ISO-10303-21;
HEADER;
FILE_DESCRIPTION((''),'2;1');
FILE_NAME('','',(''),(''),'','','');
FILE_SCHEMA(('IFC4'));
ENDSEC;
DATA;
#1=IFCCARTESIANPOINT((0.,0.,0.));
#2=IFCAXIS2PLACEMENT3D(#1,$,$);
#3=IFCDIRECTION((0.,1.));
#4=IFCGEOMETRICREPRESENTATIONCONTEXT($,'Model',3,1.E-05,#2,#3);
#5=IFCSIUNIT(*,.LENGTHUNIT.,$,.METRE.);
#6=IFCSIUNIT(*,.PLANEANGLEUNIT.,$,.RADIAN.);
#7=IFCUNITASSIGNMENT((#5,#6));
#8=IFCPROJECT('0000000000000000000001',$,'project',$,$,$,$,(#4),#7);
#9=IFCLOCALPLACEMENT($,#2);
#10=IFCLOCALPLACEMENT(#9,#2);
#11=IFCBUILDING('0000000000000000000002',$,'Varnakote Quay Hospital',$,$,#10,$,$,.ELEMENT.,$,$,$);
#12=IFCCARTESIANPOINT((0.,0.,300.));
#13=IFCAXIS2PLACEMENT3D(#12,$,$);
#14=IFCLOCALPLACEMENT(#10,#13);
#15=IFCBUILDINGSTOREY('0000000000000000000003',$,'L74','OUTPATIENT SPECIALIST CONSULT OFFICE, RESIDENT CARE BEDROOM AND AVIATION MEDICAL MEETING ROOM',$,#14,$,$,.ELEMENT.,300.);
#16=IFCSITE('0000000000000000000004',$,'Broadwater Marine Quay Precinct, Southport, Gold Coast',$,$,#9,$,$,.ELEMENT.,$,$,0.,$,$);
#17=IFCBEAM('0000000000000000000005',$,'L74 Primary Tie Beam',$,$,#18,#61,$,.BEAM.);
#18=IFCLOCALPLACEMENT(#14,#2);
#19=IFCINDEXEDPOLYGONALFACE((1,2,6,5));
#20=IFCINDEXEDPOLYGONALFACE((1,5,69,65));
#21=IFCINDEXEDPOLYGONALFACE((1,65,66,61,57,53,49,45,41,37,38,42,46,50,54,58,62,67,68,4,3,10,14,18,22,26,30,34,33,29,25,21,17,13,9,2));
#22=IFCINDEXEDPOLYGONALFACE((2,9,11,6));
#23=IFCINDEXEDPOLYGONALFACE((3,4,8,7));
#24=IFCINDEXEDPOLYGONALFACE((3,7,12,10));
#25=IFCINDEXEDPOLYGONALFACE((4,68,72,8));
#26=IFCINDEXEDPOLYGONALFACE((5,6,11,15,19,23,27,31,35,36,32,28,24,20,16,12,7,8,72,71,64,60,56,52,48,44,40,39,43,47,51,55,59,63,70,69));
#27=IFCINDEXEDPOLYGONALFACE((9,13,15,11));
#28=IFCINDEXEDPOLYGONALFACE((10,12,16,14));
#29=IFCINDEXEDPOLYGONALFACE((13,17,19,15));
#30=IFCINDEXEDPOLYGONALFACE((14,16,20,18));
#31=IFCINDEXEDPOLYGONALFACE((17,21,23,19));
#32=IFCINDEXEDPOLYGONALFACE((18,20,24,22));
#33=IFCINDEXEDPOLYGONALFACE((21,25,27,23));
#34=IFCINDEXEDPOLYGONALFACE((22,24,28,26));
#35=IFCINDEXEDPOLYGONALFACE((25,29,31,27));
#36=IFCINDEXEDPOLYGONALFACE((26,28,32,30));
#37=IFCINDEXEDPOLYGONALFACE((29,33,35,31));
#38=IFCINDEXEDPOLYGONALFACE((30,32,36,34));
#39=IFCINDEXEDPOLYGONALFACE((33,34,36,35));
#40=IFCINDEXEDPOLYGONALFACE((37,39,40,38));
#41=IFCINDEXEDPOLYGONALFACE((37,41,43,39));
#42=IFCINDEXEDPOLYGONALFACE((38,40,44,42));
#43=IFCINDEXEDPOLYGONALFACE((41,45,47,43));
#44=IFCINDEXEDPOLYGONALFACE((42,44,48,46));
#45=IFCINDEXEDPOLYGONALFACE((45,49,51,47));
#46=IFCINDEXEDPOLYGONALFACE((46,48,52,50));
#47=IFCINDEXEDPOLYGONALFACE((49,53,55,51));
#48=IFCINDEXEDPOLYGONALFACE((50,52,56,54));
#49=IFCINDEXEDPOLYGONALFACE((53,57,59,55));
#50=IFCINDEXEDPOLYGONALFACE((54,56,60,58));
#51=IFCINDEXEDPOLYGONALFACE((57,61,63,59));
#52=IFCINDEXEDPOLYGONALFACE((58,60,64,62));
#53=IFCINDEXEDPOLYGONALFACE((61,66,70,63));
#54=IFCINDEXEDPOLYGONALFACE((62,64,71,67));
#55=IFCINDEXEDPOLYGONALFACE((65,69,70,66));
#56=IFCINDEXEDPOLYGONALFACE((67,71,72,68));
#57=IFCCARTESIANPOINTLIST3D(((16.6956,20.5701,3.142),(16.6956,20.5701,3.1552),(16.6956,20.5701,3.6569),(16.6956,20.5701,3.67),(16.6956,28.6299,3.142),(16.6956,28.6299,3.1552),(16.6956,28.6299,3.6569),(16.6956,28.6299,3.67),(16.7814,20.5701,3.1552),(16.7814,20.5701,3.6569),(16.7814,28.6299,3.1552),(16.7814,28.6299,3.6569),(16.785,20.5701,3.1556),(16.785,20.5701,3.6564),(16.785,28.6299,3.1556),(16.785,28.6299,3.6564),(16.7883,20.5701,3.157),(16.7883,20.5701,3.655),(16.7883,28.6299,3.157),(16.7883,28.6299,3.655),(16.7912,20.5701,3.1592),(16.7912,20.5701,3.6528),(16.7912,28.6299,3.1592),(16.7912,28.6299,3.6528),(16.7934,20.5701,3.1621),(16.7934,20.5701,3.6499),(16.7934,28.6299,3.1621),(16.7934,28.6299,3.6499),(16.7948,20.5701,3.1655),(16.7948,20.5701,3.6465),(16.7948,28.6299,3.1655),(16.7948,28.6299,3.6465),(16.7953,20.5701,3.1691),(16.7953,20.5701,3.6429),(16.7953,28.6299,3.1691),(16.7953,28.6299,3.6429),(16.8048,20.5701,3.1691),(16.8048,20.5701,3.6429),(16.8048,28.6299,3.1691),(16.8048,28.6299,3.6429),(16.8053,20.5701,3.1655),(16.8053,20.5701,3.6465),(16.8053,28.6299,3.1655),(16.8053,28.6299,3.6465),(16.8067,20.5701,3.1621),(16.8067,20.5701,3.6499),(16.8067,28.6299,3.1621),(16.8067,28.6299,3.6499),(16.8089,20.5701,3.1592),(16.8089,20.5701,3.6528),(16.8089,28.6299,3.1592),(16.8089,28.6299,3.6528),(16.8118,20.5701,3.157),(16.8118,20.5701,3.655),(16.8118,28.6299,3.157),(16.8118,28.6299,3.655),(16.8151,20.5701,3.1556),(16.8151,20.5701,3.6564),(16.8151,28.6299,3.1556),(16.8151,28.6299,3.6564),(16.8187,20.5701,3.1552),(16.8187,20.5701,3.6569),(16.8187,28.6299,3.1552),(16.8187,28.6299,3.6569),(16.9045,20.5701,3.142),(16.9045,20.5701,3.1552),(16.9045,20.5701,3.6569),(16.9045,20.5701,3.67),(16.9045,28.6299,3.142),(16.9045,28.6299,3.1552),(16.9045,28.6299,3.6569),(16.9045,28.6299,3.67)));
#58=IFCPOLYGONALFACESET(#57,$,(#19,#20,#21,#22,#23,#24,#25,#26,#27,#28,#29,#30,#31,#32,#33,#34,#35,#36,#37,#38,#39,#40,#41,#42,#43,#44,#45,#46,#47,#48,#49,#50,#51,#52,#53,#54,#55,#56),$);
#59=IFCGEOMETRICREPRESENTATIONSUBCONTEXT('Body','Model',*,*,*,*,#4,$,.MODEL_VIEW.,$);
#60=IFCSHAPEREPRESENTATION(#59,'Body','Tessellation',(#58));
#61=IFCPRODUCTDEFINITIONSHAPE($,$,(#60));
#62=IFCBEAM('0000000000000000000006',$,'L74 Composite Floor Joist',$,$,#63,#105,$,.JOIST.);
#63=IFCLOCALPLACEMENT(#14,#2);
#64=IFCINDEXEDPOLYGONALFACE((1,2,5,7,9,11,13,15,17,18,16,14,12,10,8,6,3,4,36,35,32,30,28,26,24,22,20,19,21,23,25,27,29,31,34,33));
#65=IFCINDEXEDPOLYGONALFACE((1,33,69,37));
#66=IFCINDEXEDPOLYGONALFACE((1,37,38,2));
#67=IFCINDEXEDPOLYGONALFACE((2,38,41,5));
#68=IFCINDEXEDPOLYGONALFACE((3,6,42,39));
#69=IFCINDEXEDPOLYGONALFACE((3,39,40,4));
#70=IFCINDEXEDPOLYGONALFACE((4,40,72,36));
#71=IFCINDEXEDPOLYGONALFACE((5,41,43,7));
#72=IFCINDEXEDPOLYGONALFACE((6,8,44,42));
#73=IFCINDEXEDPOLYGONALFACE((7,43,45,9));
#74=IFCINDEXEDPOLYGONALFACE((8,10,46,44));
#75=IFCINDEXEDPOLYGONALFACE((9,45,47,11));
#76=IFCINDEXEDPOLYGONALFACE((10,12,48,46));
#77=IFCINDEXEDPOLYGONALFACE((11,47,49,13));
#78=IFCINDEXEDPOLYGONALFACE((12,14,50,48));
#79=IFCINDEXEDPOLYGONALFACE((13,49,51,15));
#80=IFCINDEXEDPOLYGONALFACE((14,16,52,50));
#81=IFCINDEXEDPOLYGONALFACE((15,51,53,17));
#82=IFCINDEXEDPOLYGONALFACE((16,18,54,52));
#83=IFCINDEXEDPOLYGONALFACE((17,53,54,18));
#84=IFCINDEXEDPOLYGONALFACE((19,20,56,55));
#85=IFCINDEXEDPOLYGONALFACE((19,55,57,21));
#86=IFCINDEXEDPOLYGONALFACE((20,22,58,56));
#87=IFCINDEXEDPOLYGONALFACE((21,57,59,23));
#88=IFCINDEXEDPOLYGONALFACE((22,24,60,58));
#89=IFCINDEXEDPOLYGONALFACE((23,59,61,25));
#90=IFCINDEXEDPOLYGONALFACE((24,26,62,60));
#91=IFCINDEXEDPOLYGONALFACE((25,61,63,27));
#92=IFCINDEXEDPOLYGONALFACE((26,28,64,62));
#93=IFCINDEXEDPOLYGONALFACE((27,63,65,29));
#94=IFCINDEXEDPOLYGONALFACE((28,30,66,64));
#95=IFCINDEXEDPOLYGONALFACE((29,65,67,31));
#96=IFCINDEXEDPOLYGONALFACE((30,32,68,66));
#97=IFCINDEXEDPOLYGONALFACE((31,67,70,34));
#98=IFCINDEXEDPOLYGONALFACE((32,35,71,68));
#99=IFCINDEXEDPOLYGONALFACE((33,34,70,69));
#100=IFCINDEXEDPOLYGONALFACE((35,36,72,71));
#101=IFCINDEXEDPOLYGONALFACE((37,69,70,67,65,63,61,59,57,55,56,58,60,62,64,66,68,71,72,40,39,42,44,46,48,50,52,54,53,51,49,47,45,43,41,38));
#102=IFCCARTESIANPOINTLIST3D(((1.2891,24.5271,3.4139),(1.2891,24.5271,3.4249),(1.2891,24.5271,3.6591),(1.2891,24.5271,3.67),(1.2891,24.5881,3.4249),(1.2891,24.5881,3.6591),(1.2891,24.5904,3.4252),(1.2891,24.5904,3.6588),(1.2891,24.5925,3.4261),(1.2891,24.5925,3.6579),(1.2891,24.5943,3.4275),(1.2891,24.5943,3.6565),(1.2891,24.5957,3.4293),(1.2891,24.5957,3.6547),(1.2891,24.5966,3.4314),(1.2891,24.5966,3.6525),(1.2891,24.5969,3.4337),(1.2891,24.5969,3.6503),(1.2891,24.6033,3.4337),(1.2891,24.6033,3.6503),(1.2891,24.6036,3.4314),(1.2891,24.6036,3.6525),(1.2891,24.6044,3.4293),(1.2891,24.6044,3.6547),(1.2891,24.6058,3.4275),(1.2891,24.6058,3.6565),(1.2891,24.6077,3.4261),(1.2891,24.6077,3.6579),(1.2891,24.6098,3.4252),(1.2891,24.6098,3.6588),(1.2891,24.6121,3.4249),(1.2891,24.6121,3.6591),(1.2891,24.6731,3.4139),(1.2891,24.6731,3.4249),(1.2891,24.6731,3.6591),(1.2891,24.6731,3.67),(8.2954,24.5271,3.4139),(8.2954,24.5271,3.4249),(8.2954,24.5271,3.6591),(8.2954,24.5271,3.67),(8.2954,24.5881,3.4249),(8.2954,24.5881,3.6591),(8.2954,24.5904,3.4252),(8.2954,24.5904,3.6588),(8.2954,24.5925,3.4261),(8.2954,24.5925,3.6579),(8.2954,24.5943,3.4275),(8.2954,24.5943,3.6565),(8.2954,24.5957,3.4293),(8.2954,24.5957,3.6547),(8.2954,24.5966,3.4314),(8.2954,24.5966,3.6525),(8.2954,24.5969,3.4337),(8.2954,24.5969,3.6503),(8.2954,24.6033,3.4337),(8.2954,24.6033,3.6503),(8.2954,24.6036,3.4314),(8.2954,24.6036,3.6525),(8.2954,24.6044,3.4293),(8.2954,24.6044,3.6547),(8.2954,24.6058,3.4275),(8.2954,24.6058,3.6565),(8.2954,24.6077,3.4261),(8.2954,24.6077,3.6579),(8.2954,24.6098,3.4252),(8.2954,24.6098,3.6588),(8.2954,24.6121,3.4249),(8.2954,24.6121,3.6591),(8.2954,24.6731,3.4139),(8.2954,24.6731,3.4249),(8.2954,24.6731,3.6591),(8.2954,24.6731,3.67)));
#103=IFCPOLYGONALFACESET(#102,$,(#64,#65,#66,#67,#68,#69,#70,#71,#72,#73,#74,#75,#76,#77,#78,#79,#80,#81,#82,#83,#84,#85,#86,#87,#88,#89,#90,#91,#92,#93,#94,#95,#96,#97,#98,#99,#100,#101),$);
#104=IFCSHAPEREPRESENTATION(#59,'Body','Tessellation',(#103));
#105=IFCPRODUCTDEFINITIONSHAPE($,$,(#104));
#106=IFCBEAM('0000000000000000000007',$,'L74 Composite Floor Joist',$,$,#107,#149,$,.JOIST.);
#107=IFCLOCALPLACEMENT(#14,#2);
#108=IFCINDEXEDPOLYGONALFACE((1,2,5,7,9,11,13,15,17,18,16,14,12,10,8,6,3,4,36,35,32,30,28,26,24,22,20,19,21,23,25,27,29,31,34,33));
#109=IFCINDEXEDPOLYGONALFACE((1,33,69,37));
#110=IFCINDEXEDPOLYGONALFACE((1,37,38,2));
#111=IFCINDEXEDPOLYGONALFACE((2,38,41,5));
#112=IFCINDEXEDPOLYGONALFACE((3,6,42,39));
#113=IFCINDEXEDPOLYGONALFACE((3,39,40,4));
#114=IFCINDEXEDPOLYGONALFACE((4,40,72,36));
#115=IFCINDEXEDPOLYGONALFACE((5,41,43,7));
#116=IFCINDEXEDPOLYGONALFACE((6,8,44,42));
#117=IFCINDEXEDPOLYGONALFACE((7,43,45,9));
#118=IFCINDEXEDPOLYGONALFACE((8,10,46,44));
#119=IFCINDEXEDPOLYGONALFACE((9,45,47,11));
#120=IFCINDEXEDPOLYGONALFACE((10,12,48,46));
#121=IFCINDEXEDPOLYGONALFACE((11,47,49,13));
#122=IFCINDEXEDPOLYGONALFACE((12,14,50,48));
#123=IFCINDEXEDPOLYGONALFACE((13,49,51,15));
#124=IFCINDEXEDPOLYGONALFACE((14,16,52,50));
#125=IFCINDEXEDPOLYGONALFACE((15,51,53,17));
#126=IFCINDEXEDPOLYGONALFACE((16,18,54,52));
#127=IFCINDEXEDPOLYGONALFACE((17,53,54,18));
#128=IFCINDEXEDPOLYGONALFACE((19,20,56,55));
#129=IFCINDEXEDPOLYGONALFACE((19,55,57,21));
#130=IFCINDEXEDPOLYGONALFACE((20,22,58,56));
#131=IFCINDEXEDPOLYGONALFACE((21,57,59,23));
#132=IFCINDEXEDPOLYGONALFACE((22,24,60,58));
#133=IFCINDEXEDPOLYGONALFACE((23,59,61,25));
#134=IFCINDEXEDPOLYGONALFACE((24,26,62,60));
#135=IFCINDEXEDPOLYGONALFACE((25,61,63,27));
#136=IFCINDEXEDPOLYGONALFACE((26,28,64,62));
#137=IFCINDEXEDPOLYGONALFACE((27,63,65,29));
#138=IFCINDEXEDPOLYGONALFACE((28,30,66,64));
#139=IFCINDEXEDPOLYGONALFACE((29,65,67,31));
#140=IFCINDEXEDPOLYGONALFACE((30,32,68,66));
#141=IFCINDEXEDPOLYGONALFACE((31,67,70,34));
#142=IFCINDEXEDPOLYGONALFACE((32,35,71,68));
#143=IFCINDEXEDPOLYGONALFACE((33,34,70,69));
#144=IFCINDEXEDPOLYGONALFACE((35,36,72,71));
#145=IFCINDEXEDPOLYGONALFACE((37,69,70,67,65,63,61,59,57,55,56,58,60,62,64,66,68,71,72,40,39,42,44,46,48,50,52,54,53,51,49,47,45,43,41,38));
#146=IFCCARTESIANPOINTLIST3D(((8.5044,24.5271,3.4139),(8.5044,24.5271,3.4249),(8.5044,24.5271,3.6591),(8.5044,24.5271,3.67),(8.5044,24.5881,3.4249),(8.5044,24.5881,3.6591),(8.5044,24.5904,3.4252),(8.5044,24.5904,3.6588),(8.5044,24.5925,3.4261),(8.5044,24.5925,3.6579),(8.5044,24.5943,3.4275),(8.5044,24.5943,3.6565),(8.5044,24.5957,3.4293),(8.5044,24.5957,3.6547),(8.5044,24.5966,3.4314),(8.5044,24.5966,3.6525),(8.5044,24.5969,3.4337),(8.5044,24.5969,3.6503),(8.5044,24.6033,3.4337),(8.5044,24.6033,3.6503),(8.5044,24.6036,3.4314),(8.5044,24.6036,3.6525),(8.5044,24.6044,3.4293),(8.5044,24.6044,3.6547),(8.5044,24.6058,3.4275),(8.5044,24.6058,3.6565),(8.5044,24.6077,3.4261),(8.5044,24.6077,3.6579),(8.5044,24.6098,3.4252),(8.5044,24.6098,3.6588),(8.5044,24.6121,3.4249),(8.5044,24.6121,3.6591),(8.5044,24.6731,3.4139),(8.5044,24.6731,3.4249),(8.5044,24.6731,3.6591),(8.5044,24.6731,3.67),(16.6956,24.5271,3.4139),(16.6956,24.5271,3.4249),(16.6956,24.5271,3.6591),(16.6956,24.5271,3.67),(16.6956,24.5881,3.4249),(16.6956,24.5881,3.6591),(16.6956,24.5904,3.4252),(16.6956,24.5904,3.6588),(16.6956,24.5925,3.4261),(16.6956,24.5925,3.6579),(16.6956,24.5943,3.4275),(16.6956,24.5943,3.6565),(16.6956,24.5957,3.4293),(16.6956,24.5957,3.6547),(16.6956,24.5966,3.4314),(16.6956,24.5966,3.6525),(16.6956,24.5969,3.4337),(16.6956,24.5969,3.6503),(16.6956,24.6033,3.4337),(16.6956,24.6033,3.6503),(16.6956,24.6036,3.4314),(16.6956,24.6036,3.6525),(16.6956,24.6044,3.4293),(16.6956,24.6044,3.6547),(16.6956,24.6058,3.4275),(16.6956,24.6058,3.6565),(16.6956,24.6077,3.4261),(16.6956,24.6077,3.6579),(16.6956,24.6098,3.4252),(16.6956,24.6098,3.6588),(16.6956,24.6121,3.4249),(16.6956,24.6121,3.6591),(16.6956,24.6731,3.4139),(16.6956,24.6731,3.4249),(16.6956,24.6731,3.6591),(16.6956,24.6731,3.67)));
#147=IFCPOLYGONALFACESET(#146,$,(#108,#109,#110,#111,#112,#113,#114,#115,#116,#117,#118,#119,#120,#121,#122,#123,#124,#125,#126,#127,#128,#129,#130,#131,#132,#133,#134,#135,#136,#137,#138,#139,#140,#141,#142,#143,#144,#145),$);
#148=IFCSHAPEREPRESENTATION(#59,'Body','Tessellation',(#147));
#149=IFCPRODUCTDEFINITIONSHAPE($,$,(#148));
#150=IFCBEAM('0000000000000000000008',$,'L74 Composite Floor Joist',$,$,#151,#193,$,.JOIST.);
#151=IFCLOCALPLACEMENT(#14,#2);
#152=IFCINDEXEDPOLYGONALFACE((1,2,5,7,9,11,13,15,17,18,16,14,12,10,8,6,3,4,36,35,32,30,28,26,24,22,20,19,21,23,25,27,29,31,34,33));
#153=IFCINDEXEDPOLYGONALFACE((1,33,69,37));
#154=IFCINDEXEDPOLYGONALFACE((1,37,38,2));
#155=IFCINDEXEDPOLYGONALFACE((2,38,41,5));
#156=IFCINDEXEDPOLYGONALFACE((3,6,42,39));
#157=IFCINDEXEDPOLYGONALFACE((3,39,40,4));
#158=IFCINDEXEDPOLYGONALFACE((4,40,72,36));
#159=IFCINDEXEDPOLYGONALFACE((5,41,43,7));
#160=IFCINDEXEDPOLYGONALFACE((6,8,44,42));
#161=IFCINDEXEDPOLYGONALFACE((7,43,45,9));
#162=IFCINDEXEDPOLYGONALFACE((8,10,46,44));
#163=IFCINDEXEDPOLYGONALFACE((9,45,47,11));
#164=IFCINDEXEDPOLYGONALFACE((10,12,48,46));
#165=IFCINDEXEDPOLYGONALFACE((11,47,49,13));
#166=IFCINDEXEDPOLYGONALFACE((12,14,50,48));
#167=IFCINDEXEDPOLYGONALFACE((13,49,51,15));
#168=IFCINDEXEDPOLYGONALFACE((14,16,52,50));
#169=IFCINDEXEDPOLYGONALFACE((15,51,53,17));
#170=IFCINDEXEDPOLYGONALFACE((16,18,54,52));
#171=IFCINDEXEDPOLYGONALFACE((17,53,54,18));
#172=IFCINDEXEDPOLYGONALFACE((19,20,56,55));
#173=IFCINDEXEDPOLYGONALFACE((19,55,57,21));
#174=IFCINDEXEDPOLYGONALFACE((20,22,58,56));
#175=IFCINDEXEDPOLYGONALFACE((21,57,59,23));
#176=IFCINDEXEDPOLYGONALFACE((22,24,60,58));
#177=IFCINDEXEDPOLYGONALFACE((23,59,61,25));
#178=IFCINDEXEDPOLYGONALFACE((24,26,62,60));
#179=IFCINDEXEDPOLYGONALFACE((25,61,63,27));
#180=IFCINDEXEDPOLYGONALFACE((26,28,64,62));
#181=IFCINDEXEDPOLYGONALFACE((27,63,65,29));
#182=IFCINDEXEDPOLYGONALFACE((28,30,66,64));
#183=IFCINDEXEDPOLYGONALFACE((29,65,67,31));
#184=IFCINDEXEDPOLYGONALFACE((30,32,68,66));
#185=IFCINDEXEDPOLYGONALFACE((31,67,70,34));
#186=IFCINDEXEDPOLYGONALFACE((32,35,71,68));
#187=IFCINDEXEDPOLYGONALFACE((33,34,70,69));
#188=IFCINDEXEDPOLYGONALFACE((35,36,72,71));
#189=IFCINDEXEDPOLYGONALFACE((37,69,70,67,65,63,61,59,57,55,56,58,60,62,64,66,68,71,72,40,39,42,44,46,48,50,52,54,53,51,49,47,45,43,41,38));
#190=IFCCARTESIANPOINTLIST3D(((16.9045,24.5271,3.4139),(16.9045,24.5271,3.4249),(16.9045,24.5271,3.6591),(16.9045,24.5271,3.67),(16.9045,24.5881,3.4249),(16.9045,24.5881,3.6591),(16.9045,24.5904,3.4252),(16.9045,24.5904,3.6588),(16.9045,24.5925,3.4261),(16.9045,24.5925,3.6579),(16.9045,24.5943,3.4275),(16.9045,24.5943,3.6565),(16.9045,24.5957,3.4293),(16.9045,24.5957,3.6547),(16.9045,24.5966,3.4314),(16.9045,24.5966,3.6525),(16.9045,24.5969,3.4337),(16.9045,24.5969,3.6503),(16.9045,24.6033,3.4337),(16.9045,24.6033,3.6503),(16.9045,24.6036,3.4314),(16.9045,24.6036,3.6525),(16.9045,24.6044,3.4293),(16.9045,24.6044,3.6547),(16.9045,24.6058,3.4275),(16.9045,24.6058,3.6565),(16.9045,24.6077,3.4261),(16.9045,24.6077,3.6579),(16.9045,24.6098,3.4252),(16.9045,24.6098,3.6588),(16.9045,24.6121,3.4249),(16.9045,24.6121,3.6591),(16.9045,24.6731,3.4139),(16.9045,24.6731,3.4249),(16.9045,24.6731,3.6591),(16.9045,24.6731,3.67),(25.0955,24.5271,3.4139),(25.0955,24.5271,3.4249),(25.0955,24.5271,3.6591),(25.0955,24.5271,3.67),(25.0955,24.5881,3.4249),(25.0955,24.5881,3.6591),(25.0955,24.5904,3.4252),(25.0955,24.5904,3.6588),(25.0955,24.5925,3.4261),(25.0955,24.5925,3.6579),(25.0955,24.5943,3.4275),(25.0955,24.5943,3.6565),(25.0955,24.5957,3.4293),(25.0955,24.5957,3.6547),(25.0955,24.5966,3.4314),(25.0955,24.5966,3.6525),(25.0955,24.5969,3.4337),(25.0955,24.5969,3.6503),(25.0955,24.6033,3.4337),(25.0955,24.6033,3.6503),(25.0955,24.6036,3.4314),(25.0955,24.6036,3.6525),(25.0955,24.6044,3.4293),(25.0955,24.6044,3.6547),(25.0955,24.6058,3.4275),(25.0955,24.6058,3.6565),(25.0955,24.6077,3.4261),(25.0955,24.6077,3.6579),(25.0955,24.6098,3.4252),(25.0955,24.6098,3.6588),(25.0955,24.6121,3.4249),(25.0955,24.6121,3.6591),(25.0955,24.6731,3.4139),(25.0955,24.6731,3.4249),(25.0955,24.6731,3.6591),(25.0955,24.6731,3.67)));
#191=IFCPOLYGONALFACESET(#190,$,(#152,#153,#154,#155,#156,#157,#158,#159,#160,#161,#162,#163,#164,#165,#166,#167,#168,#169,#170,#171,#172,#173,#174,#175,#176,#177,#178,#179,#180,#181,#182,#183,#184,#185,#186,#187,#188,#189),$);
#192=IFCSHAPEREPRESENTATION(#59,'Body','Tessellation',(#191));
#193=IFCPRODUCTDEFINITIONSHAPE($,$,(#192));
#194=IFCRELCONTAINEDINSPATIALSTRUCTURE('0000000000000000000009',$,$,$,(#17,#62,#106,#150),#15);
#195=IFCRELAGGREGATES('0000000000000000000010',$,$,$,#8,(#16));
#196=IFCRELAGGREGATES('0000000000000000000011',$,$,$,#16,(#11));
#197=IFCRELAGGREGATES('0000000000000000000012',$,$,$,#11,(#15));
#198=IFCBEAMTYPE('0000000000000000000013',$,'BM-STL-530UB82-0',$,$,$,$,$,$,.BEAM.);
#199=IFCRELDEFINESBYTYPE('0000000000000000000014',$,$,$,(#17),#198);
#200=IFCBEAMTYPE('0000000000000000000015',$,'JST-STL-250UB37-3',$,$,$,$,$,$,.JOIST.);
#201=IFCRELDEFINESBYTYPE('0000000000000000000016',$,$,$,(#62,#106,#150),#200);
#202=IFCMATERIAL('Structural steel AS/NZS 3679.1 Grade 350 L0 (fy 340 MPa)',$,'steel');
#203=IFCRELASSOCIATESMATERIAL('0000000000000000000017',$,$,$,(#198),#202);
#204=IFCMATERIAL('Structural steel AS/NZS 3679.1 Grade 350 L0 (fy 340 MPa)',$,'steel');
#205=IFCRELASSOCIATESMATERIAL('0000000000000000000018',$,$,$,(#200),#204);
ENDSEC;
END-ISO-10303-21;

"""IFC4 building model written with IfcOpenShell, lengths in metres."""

from ifc_helpers import new_model, si_unit, direction, frame, origin, origin_2d, place, context, subcontext, project, spatial, i_section, extrude, material, material_profile, profile_set, type_object, element, save


model = new_model("IFC4")

# Units and contexts
model_context = context("Model", 3, precision=1e-05, world=origin(), true_north=direction((0.0, 1.0)))
body_context = subcontext(model_context, "Body", "Model", "MODEL_VIEW")
ifc_project = project(units=[si_unit("LENGTHUNIT", "METRE"), si_unit("PLANEANGLEUNIT", "RADIAN")], contexts=[model_context])

# Site, building, storey
site_placement = place(None, origin())
site = spatial("IfcSite", under=ifc_project, at=site_placement, Name="Broadwater Marine Quay Precinct, Southport, Gold Coast", CompositionType="ELEMENT", RefElevation=0.0)
building_placement = place(site_placement, origin())
building = spatial("IfcBuilding", under=site, at=building_placement, Name="Varnakote Quay Hospital", CompositionType="ELEMENT")
storey_placement = place(building_placement, frame((0.0, 0.0, 300.0)))
storey = spatial("IfcBuildingStorey", under=building, at=storey_placement, Name="L74", Description="OUTPATIENT SPECIALIST CONSULT OFFICE, RESIDENT CARE BEDROOM AND AVIATION MEDICAL MEETING ROOM", CompositionType="ELEMENT", Elevation=300.0)

# Beams
ifc_material_1 = material(Name="Structural steel AS/NZS 3679.1 Grade 350 L0 (fy 340 MPa)", Category="steel")
ifc_material_profile_1 = material_profile(ifc_material_1, i_section(OverallWidth=0.209, OverallDepth=0.5281, WebThickness=0.0095, FlangeThickness=0.0132, FilletRadius=0.0139, at=origin_2d()), Name="530UB82.0")
ifc_profile_set_1 = profile_set([ifc_material_profile_1], Name="Structural steel AS/NZS 3679.1 Grade 350 L0 (fy 340 MPa)")
beam_type_1 = type_object("IfcBeamType", Name="BM-STL-530UB82-0", PredefinedType="BEAM", material=ifc_profile_set_1)
beam_1_placement = place(storey_placement, frame((16.8, 20.5701, 3.406), z_axis=(0.0, 1.0, 0.0), x_axis=(-1.0, 0.0, 0.0)))
element("IfcBeam", 1, at=beam_1_placement, inside=storey, type_object=beam_type_1, Name="L74 Primary Tie Beam", PredefinedType="BEAM", context=body_context, shape_type="SweptSolid", body=[
    extrude(i_section(OverallWidth=0.209, OverallDepth=0.5281, WebThickness=0.0095, FlangeThickness=0.0132, FilletRadius=0.0139, at=origin_2d()), origin(), (0.0, 0.0, 1.0), 8.0598),
])
ifc_material_2 = material(Name="Structural steel AS/NZS 3679.1 Grade 350 L0 (fy 340 MPa)", Category="steel")
ifc_material_profile_2 = material_profile(ifc_material_2, i_section(OverallWidth=0.146, OverallDepth=0.2561, WebThickness=0.0063, FlangeThickness=0.011, FilletRadius=0.0088, at=origin_2d()), Name="250UB37.3")
ifc_profile_set_2 = profile_set([ifc_material_profile_2], Name="Structural steel AS/NZS 3679.1 Grade 350 L0 (fy 340 MPa)")
beam_type_2 = type_object("IfcBeamType", Name="JST-STL-250UB37-3", PredefinedType="JOIST", material=ifc_profile_set_2)
beam_2_placement = place(storey_placement, frame((1.2891, 24.6001, 3.542), z_axis=(1.0, 0.0, 0.0), x_axis=(0.0, 1.0, 0.0)))
element("IfcBeam", 2, at=beam_2_placement, inside=storey, type_object=beam_type_2, Name="L74 Composite Floor Joist", PredefinedType="JOIST", context=body_context, shape_type="SweptSolid", body=[
    extrude(i_section(OverallWidth=0.146, OverallDepth=0.2561, WebThickness=0.0063, FlangeThickness=0.011, FilletRadius=0.0088, at=origin_2d()), origin(), (0.0, 0.0, 1.0), 7.0063),
])
beam_3_placement = place(storey_placement, frame((8.5044, 24.6001, 3.542), z_axis=(1.0, 0.0, 0.0), x_axis=(0.0, 1.0, 0.0)))
element("IfcBeam", 3, at=beam_3_placement, inside=storey, type_object=beam_type_2, Name="L74 Composite Floor Joist", PredefinedType="JOIST", context=body_context, shape_type="SweptSolid", body=[
    extrude(i_section(OverallWidth=0.146, OverallDepth=0.2561, WebThickness=0.0063, FlangeThickness=0.011, FilletRadius=0.0088, at=origin_2d()), origin(), (0.0, 0.0, 1.0), 8.1912),
])
beam_4_placement = place(storey_placement, frame((16.9045, 24.6001, 3.542), z_axis=(1.0, 0.0, 0.0), x_axis=(0.0, 1.0, 0.0)))
element("IfcBeam", 4, at=beam_4_placement, inside=storey, type_object=beam_type_2, Name="L74 Composite Floor Joist", PredefinedType="JOIST", context=body_context, shape_type="SweptSolid", body=[
    extrude(i_section(OverallWidth=0.146, OverallDepth=0.2561, WebThickness=0.0063, FlangeThickness=0.011, FilletRadius=0.0088, at=origin_2d()), origin(), (0.0, 0.0, 1.0), 8.1909),
])

save(model, "model.ifc")
